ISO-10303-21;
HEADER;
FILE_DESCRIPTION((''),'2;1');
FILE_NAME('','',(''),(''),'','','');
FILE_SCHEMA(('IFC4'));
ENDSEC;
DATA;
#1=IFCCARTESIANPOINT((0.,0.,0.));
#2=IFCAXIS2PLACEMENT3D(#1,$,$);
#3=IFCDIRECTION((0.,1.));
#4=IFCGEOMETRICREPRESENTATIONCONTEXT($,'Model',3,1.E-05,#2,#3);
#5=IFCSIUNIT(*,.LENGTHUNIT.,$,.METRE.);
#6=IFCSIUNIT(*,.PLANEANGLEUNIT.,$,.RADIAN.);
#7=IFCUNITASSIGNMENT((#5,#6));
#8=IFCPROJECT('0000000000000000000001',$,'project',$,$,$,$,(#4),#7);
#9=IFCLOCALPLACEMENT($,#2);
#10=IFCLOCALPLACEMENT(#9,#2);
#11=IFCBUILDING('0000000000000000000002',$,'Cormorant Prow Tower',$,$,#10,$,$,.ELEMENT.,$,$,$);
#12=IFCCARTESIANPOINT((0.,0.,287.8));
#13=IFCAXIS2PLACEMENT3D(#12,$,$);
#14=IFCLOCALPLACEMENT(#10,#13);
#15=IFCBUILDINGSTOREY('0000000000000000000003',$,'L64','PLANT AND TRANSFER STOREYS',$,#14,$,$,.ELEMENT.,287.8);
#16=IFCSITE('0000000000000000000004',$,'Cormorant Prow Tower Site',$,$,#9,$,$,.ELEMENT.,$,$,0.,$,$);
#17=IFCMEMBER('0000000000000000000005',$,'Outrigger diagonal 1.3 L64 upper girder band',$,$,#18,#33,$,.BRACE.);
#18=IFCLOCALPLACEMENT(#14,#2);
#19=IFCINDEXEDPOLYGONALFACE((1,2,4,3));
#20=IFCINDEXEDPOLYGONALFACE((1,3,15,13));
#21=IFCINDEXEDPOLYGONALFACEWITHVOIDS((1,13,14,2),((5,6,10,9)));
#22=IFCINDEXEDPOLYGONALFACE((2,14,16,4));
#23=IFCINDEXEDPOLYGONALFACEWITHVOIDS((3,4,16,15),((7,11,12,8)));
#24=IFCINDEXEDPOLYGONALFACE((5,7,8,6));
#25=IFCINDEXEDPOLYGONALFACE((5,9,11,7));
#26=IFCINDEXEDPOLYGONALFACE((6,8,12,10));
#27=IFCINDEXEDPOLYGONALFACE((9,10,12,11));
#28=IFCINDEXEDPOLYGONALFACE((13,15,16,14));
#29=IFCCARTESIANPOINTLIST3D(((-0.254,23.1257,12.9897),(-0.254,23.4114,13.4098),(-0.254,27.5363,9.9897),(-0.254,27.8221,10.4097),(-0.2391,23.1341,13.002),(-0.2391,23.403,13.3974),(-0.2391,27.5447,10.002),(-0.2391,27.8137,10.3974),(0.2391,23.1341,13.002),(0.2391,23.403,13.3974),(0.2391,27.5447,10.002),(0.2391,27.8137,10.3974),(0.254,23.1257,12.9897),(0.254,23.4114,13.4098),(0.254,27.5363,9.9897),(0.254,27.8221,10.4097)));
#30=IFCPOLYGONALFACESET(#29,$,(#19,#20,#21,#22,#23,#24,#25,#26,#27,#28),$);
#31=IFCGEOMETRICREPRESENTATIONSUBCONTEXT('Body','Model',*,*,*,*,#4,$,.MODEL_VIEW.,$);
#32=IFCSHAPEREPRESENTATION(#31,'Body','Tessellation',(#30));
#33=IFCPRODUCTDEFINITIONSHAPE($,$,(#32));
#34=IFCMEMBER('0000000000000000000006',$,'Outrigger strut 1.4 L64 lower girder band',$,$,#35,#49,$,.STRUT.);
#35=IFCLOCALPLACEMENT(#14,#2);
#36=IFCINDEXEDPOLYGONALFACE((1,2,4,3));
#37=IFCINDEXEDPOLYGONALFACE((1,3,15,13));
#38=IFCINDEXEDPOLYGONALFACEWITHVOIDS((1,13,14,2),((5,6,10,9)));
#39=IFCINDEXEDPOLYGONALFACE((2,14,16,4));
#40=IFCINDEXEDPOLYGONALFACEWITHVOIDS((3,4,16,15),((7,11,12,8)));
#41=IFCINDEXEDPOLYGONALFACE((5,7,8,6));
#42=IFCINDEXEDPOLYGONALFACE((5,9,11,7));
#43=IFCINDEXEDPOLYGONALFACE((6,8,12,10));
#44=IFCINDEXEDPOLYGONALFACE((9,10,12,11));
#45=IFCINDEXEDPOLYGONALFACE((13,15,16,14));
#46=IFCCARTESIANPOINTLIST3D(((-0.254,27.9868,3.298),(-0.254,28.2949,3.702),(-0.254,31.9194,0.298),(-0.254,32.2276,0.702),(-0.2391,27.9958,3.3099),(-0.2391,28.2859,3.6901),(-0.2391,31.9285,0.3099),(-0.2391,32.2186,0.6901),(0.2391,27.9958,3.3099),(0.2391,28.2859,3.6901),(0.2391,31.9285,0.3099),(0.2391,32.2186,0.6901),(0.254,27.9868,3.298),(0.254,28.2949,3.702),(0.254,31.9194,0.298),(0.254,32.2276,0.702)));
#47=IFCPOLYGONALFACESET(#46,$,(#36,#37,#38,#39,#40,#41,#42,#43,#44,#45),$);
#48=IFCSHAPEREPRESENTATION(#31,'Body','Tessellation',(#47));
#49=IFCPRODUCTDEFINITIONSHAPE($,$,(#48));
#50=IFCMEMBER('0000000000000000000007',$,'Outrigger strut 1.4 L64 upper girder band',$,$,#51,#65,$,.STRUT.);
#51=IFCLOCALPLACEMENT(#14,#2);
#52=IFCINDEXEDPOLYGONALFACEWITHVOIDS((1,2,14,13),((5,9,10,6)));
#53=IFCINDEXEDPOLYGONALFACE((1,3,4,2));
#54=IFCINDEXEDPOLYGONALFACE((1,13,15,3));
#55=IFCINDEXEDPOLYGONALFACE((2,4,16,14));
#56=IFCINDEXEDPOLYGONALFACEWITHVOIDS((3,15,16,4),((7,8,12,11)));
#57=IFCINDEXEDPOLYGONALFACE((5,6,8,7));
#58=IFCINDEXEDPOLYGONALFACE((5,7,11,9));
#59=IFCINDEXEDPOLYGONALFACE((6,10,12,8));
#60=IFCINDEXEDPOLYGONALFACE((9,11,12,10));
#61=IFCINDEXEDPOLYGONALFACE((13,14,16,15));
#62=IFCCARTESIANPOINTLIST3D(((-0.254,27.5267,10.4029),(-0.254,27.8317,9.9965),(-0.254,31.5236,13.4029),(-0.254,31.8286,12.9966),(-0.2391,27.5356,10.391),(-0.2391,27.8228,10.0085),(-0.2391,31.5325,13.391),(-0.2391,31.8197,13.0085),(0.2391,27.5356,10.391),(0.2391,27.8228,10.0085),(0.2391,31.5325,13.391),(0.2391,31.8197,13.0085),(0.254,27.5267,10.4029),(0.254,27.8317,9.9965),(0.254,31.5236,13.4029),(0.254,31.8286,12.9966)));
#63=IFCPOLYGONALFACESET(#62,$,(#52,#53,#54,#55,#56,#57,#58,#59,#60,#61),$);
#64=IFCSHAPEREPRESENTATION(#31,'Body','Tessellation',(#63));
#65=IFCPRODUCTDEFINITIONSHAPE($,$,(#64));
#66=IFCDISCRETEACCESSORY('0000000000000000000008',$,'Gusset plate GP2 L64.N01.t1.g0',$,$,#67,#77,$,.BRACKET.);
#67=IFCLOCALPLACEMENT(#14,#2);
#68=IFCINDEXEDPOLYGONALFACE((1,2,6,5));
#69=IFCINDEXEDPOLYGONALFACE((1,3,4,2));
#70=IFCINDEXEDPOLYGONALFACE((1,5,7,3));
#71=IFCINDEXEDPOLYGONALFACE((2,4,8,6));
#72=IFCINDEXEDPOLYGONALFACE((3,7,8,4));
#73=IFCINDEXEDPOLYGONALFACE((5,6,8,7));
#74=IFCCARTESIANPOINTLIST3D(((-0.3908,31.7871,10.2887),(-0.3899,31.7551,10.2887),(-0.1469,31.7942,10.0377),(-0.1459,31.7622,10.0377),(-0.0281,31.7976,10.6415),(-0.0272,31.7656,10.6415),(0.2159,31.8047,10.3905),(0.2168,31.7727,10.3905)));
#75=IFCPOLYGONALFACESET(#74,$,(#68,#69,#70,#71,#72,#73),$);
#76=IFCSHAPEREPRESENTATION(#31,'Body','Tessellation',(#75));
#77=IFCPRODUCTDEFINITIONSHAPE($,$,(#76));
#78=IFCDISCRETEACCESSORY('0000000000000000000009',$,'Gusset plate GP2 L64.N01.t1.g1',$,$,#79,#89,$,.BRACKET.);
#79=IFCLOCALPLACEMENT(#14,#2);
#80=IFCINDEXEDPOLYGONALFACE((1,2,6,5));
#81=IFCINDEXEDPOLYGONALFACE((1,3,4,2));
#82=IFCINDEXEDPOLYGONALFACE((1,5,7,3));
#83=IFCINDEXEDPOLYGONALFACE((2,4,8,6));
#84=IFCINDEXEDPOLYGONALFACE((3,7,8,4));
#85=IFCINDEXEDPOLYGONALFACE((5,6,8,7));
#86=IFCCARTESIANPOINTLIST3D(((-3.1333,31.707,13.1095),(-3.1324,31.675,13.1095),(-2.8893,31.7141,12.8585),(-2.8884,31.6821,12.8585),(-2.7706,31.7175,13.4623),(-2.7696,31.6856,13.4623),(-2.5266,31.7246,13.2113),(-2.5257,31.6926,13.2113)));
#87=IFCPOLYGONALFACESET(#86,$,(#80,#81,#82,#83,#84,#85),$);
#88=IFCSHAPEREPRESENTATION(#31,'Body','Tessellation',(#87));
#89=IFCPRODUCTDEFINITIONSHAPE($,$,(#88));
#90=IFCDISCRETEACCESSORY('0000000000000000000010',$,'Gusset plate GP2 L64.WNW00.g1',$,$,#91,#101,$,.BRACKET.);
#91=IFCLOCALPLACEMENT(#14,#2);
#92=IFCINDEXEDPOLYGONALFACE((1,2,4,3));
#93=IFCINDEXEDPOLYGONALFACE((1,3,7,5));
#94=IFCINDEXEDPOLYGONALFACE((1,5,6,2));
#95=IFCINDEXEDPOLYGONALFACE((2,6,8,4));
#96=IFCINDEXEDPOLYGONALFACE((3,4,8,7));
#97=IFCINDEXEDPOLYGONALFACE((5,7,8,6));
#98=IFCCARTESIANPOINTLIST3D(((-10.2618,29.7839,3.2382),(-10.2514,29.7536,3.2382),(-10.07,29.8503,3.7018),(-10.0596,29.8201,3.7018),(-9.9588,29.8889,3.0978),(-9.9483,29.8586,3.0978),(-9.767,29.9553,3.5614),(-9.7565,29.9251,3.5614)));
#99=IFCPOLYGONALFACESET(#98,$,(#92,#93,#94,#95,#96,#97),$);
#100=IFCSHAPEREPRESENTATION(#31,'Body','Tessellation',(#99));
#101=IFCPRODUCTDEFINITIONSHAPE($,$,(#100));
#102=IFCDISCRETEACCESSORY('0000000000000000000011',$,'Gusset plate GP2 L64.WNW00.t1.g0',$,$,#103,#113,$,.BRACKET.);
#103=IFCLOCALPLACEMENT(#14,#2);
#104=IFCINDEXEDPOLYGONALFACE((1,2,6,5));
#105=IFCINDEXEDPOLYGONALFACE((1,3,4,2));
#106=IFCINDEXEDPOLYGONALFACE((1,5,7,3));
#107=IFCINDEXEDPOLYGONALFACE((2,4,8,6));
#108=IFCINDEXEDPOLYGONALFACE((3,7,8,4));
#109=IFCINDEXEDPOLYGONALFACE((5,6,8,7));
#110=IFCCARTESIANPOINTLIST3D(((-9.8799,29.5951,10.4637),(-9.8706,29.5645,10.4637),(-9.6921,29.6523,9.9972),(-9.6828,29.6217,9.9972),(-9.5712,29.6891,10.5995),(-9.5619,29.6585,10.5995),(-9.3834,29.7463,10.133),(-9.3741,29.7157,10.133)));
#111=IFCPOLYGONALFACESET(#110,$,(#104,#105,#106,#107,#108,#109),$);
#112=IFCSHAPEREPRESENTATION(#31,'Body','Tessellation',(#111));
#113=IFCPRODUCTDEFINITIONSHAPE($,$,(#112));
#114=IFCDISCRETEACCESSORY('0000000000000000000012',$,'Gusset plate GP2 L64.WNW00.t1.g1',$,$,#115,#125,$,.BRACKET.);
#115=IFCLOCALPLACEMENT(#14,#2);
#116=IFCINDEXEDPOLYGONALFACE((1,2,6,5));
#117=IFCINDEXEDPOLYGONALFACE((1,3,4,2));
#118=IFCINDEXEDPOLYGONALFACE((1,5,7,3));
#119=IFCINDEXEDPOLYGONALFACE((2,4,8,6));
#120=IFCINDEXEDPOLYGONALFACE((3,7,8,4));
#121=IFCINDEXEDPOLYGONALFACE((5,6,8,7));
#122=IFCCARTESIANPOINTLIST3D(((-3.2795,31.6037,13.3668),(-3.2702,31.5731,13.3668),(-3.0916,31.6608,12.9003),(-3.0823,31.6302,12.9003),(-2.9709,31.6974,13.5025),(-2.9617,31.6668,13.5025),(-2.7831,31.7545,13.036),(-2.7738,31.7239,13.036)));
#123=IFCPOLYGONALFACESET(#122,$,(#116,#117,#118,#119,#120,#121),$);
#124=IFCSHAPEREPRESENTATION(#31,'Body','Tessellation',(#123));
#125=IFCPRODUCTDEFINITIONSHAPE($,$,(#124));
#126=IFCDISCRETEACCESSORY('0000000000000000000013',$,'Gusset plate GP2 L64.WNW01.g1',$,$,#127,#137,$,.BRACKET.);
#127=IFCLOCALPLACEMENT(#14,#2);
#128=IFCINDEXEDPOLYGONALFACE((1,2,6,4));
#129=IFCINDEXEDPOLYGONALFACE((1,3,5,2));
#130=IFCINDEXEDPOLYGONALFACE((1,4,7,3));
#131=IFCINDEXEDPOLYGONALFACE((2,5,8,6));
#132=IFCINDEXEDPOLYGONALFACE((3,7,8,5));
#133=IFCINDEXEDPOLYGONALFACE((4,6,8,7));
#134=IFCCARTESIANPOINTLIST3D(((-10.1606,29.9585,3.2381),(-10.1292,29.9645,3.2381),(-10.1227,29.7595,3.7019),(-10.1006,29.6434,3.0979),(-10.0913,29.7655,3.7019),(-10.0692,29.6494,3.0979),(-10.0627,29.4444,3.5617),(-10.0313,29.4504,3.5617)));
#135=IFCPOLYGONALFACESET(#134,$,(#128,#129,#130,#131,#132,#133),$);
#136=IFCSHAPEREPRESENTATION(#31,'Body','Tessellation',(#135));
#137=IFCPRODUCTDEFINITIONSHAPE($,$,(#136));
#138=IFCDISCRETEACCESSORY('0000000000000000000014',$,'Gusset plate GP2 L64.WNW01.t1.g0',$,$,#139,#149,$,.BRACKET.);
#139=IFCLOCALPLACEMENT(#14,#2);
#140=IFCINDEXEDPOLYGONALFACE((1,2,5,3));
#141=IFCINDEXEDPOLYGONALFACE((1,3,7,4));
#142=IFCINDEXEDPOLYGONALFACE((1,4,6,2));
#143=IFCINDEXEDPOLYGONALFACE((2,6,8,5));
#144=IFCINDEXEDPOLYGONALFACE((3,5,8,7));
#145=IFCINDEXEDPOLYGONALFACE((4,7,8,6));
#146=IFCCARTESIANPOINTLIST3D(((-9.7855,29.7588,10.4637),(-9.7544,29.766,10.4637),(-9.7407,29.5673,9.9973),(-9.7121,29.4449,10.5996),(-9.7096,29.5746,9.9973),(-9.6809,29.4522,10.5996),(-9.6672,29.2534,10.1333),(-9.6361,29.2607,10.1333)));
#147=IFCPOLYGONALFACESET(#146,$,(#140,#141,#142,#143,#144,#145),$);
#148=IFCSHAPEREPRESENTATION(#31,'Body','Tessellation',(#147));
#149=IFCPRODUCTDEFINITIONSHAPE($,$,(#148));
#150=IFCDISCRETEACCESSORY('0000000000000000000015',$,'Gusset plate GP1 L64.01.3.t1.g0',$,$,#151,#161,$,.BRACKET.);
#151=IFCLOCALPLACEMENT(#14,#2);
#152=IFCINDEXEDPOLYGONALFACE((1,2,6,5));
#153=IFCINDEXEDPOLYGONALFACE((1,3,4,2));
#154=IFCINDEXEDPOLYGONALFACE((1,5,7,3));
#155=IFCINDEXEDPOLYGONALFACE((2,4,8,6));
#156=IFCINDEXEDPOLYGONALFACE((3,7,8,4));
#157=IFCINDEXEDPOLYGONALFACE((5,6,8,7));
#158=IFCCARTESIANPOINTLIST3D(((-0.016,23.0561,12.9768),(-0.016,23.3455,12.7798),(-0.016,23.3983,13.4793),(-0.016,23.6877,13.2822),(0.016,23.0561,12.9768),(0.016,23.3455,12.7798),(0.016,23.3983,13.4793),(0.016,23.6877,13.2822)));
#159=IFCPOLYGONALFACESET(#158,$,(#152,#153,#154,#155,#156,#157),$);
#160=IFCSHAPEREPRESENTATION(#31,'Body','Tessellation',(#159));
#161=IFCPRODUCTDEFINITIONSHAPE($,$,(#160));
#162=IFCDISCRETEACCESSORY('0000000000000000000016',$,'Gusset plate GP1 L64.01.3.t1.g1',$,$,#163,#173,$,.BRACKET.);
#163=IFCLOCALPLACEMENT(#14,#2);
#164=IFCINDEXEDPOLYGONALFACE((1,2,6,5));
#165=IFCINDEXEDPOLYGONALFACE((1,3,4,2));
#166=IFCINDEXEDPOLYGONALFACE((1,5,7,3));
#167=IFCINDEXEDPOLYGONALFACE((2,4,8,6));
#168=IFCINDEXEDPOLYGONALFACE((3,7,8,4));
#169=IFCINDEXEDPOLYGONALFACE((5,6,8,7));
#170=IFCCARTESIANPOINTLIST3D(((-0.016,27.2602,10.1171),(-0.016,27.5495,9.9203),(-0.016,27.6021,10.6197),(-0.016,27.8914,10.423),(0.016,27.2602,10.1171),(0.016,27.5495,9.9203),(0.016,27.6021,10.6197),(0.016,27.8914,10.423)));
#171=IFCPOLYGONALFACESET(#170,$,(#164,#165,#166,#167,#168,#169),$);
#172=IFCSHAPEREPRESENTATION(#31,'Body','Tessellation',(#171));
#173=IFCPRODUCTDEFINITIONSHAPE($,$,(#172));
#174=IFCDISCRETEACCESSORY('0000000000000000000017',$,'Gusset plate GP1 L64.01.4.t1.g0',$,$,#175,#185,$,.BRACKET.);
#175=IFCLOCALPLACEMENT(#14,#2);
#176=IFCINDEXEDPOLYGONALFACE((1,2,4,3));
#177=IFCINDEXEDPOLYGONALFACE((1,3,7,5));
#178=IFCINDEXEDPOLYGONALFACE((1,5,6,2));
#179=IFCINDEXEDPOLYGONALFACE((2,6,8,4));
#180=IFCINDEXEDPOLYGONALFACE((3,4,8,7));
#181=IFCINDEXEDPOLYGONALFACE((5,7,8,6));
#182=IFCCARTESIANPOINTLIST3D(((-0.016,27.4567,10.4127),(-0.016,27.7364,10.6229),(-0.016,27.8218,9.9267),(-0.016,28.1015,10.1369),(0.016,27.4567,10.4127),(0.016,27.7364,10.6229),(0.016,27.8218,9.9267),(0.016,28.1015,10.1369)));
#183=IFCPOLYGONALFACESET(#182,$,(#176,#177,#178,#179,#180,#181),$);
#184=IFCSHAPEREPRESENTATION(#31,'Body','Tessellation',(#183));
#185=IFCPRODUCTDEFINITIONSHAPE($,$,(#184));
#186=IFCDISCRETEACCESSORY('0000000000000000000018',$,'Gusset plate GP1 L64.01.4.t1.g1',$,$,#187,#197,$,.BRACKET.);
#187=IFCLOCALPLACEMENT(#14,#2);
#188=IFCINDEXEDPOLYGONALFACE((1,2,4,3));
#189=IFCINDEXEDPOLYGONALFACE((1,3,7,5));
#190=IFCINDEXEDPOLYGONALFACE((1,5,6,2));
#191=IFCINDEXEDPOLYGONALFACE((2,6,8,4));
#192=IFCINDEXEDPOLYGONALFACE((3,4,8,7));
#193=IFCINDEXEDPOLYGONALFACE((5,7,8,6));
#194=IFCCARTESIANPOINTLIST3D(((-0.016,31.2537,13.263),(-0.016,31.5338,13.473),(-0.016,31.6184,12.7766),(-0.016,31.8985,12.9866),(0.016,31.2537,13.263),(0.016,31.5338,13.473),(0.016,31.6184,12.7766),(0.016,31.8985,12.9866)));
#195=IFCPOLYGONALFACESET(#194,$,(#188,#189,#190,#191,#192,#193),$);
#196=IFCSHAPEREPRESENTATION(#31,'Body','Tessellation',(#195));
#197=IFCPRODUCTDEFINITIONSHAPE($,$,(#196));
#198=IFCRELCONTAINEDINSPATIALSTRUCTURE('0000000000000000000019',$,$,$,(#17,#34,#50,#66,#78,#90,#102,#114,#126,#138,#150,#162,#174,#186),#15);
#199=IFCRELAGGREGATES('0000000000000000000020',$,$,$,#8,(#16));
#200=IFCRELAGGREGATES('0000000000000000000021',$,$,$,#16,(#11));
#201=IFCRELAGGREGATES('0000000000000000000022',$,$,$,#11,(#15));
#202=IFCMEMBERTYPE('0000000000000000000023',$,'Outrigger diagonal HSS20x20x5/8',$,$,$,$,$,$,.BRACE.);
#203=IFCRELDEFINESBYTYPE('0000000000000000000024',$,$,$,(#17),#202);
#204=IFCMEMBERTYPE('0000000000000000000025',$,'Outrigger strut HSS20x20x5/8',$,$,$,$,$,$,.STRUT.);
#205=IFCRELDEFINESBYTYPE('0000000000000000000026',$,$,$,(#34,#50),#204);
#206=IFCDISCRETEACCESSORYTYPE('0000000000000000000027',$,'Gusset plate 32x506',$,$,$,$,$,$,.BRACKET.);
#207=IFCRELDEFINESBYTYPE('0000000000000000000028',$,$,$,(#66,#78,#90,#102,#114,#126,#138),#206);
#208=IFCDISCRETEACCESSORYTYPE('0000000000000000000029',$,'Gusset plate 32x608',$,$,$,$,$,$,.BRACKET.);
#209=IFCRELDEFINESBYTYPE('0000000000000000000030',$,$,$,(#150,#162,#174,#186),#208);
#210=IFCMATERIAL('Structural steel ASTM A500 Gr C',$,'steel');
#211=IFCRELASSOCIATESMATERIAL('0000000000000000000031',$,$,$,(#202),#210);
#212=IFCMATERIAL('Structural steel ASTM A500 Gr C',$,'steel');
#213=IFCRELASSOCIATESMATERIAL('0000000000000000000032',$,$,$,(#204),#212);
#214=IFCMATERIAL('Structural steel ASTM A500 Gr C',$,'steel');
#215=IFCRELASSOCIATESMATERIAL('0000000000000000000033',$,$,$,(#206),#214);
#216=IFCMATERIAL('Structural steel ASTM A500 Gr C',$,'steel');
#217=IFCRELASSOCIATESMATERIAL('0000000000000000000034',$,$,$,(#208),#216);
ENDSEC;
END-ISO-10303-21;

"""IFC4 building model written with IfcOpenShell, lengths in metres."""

from ifc_helpers import new_model, si_unit, direction, frame, origin, origin_2d, place, context, subcontext, project, spatial, rectangle, hollow_rectangle, extrude, material, material_profile, profile_set, type_object, element, save


model = new_model("IFC4")

# Units and contexts
model_context = context("Model", 3, precision=1e-05, world=origin(), true_north=direction((0.0, 1.0)))
body_context = subcontext(model_context, "Body", "Model", "MODEL_VIEW")
ifc_project = project(units=[si_unit("LENGTHUNIT", "METRE"), si_unit("PLANEANGLEUNIT", "RADIAN")], contexts=[model_context])

# Site, building, storey
site_placement = place(None, origin())
site = spatial("IfcSite", under=ifc_project, at=site_placement, Name="Cormorant Prow Tower Site", CompositionType="ELEMENT", RefElevation=0.0)
building_placement = place(site_placement, origin())
building = spatial("IfcBuilding", under=site, at=building_placement, Name="Cormorant Prow Tower", CompositionType="ELEMENT")
storey_placement = place(building_placement, frame((0.0, 0.0, 287.8)))
storey = spatial("IfcBuildingStorey", under=building, at=storey_placement, Name="L64", Description="PLANT AND TRANSFER STOREYS", CompositionType="ELEMENT", Elevation=287.8)

# Members
ifc_material_1 = material(Name="Structural steel ASTM A500 Gr C", Category="steel")
ifc_material_profile_1 = material_profile(ifc_material_1, hollow_rectangle(XDim=0.5081, YDim=0.5081, WallThickness=0.0149, at=origin_2d()), Name="HSS20x20x5/8")
ifc_profile_set_1 = profile_set([ifc_material_profile_1], Name="Structural steel ASTM A500 Gr C")
member_type_1 = type_object("IfcMemberType", Name="Outrigger diagonal HSS20x20x5/8", PredefinedType="BRACE", material=ifc_profile_set_1)
member_1_placement = place(storey_placement, frame((0.0, 23.2686, 13.1997), z_axis=(0.0, 0.82686, -0.562408), x_axis=(-1.0, 0.0, 0.0)))
element("IfcMember", 1, at=member_1_placement, inside=storey, type_object=member_type_1, Name="Outrigger diagonal 1.3 L64 upper girder band", PredefinedType="BRACE", context=body_context, shape_type="SweptSolid", body=[
    extrude(hollow_rectangle(XDim=0.5081, YDim=0.5081, WallThickness=0.0149, at=origin_2d()), origin(), (0.0, 0.0, 1.0), 5.3342),
])
ifc_material_2 = material(Name="Structural steel ASTM A500 Gr C", Category="steel")
ifc_material_profile_2 = material_profile(ifc_material_2, hollow_rectangle(XDim=0.5081, YDim=0.5081, WallThickness=0.0149, at=origin_2d()), Name="HSS20x20x5/8")
ifc_profile_set_2 = profile_set([ifc_material_profile_2], Name="Structural steel ASTM A500 Gr C")
member_type_2 = type_object("IfcMemberType", Name="Outrigger strut HSS20x20x5/8", PredefinedType="STRUT", material=ifc_profile_set_2)
member_2_placement = place(storey_placement, frame((0.0, 28.1409, 3.5), z_axis=(0.0, 0.795069, -0.606519), x_axis=(-1.0, 0.0, 0.0)))
element("IfcMember", 2, at=member_2_placement, inside=storey, type_object=member_type_2, Name="Outrigger strut 1.4 L64 lower girder band", PredefinedType="STRUT", context=body_context, shape_type="SweptSolid", body=[
    extrude(hollow_rectangle(XDim=0.5081, YDim=0.5081, WallThickness=0.0149, at=origin_2d()), origin(), (0.0, 0.0, 1.0), 4.9463),
])
member_3_placement = place(storey_placement, frame((0.0, 27.6792, 10.1997), z_axis=(0.0, 0.799771, 0.600305), x_axis=(-1.0, 0.0, 0.0)))
element("IfcMember", 3, at=member_3_placement, inside=storey, type_object=member_type_2, Name="Outrigger strut 1.4 L64 upper girder band", PredefinedType="STRUT", context=body_context, shape_type="SweptSolid", body=[
    extrude(hollow_rectangle(XDim=0.5081, YDim=0.5081, WallThickness=0.0149, at=origin_2d()), origin(), (0.0, 0.0, 1.0), 4.9976),
])

# Discrete accessories
ifc_material_3 = material(Name="Structural steel ASTM A500 Gr C", Category="steel")
ifc_material_profile_3 = material_profile(ifc_material_3, rectangle(XDim=0.032, YDim=0.5061, at=origin_2d()), Name="Gusset plate 32x506")
ifc_profile_set_3 = profile_set([ifc_material_profile_3], Name="Structural steel ASTM A500 Gr C")
discrete_accessory_type_1 = type_object("IfcDiscreteAccessoryType", Name="Gusset plate 32x506", PredefinedType="BRACKET", material=ifc_profile_set_3)
for number, where, z_axis, x_axis, name in (
    (4, (-0.209, 31.7764, 10.4651), (0.696776, 0.020227, -0.717003), (-0.029017, 0.999579, 0.0), "Gusset plate GP2 L64.N01.t1.g0"),
    (5, (-2.7075, 31.7034, 13.0349), (-0.696776, -0.020227, 0.717003), (0.029017, -0.999579, 0.0), "Gusset plate GP2 L64.N01.t1.g1"),
    (6, (-9.8577, 29.907, 3.3296), (-0.865569, -0.299915, 0.401049), (0.327398, -0.944886, 0.0), "Gusset plate GP2 L64.WNW00.g1"),
    (7, (-9.4727, 29.7024, 10.3662), (-0.881729, -0.268565, -0.387849), (0.291372, -0.95661, 0.0), "Gusset plate GP2 L64.WNW00.t1.g0"),
):
    element("IfcDiscreteAccessory", number, at=place(storey_placement, frame(where, z_axis=z_axis, x_axis=x_axis)), inside=storey, type_object=discrete_accessory_type_1, Name=name, PredefinedType="BRACKET", context=body_context, shape_type="SweptSolid", body=[
        extrude(rectangle(XDim=0.032, YDim=0.5061, at=origin_2d()), origin(), (0.0, 0.0, 1.0), 0.3501),
    ])
discrete_accessory_1_placement = place(storey_placement, frame((-3.1809, 31.6169, 13.1335), z_axis=(0.881894, 0.267917, 0.387922), x_axis=(-0.29068, 0.95682, 0.0)))
element("IfcDiscreteAccessory", 8, at=discrete_accessory_1_placement, inside=storey, type_object=discrete_accessory_type_1, Name="Gusset plate GP2 L64.WNW00.t1.g1", PredefinedType="BRACKET", context=body_context, shape_type="SweptSolid", body=[
    extrude(rectangle(XDim=0.032, YDim=0.5061, at=origin_2d()), origin(), (0.0, 0.0, 1.0), 0.3499),
])
discrete_accessory_2_placement = place(storey_placement, frame((-10.0659, 29.5469, 3.3298), z_axis=(-0.171535, 0.90021, 0.400248), x_axis=(-0.982325, -0.187182, 0.0)))
element("IfcDiscreteAccessory", 9, at=discrete_accessory_2_placement, inside=storey, type_object=discrete_accessory_type_1, Name="Gusset plate GP2 L64.WNW01.g1", PredefinedType="BRACKET", context=body_context, shape_type="SweptSolid", body=[
    extrude(rectangle(XDim=0.032, YDim=0.5061, at=origin_2d()), origin(), (0.0, 0.0, 1.0), 0.3501),
])
discrete_accessory_3_placement = place(storey_placement, frame((-9.6741, 29.3528, 10.3665), z_axis=(-0.20999, 0.897165, -0.388586), x_axis=(-0.973685, -0.2279, 0.0)))
element("IfcDiscreteAccessory", 10, at=discrete_accessory_3_placement, inside=storey, type_object=discrete_accessory_type_1, Name="Gusset plate GP2 L64.WNW01.t1.g0", PredefinedType="BRACKET", context=body_context, shape_type="SweptSolid", body=[
    extrude(rectangle(XDim=0.032, YDim=0.5061, at=origin_2d()), origin(), (0.0, 0.0, 1.0), 0.3499),
])
ifc_material_4 = material(Name="Structural steel ASTM A500 Gr C", Category="steel")
ifc_material_profile_4 = material_profile(ifc_material_4, rectangle(XDim=0.032, YDim=0.6079, at=origin_2d()), Name="Gusset plate 32x608")
ifc_profile_set_4 = profile_set([ifc_material_profile_4], Name="Structural steel ASTM A500 Gr C")
discrete_accessory_type_2 = type_object("IfcDiscreteAccessoryType", Name="Gusset plate 32x608", PredefinedType="BRACKET", material=ifc_profile_set_4)
discrete_accessory_4_placement = place(storey_placement, frame((0.0, 23.5166, 13.031), z_axis=(0.0, -0.826537, 0.562882), x_axis=(1.0, 0.0, 0.0)))
element("IfcDiscreteAccessory", 11, at=discrete_accessory_4_placement, inside=storey, type_object=discrete_accessory_type_2, Name="Gusset plate GP1 L64.01.3.t1.g0", PredefinedType="BRACKET", context=body_context, shape_type="SweptSolid", body=[
    extrude(rectangle(XDim=0.032, YDim=0.6079, at=origin_2d()), origin(), (0.0, 0.0, 1.0), 0.3501),
])
for number, where, z_axis, x_axis, name in (
    (12, (0.0, 27.4312, 10.3684), (0.0, 0.826862, -0.562405), (-1.0, 0.0, 0.0), "Gusset plate GP1 L64.01.3.t1.g1"),
    (13, (0.0, 27.9189, 10.3799), (0.0, -0.799497, -0.60067), (1.0, 0.0, 0.0), "Gusset plate GP1 L64.01.4.t1.g0"),
):
    element("IfcDiscreteAccessory", number, at=place(storey_placement, frame(where, z_axis=z_axis, x_axis=x_axis)), inside=storey, type_object=discrete_accessory_type_2, Name=name, PredefinedType="BRACKET", context=body_context, shape_type="SweptSolid", body=[
        extrude(rectangle(XDim=0.032, YDim=0.6079, at=origin_2d()), origin(), (0.0, 0.0, 1.0), 0.3499),
    ])
discrete_accessory_5_placement = place(storey_placement, frame((0.0, 31.436, 13.0198), z_axis=(0.0, 0.800084, 0.599888), x_axis=(-1.0, 0.0, 0.0)))
element("IfcDiscreteAccessory", 14, at=discrete_accessory_5_placement, inside=storey, type_object=discrete_accessory_type_2, Name="Gusset plate GP1 L64.01.4.t1.g1", PredefinedType="BRACKET", context=body_context, shape_type="SweptSolid", body=[
    extrude(rectangle(XDim=0.032, YDim=0.6079, at=origin_2d()), origin(), (0.0, 0.0, 1.0), 0.3501),
])

save(model, "model.ifc")
